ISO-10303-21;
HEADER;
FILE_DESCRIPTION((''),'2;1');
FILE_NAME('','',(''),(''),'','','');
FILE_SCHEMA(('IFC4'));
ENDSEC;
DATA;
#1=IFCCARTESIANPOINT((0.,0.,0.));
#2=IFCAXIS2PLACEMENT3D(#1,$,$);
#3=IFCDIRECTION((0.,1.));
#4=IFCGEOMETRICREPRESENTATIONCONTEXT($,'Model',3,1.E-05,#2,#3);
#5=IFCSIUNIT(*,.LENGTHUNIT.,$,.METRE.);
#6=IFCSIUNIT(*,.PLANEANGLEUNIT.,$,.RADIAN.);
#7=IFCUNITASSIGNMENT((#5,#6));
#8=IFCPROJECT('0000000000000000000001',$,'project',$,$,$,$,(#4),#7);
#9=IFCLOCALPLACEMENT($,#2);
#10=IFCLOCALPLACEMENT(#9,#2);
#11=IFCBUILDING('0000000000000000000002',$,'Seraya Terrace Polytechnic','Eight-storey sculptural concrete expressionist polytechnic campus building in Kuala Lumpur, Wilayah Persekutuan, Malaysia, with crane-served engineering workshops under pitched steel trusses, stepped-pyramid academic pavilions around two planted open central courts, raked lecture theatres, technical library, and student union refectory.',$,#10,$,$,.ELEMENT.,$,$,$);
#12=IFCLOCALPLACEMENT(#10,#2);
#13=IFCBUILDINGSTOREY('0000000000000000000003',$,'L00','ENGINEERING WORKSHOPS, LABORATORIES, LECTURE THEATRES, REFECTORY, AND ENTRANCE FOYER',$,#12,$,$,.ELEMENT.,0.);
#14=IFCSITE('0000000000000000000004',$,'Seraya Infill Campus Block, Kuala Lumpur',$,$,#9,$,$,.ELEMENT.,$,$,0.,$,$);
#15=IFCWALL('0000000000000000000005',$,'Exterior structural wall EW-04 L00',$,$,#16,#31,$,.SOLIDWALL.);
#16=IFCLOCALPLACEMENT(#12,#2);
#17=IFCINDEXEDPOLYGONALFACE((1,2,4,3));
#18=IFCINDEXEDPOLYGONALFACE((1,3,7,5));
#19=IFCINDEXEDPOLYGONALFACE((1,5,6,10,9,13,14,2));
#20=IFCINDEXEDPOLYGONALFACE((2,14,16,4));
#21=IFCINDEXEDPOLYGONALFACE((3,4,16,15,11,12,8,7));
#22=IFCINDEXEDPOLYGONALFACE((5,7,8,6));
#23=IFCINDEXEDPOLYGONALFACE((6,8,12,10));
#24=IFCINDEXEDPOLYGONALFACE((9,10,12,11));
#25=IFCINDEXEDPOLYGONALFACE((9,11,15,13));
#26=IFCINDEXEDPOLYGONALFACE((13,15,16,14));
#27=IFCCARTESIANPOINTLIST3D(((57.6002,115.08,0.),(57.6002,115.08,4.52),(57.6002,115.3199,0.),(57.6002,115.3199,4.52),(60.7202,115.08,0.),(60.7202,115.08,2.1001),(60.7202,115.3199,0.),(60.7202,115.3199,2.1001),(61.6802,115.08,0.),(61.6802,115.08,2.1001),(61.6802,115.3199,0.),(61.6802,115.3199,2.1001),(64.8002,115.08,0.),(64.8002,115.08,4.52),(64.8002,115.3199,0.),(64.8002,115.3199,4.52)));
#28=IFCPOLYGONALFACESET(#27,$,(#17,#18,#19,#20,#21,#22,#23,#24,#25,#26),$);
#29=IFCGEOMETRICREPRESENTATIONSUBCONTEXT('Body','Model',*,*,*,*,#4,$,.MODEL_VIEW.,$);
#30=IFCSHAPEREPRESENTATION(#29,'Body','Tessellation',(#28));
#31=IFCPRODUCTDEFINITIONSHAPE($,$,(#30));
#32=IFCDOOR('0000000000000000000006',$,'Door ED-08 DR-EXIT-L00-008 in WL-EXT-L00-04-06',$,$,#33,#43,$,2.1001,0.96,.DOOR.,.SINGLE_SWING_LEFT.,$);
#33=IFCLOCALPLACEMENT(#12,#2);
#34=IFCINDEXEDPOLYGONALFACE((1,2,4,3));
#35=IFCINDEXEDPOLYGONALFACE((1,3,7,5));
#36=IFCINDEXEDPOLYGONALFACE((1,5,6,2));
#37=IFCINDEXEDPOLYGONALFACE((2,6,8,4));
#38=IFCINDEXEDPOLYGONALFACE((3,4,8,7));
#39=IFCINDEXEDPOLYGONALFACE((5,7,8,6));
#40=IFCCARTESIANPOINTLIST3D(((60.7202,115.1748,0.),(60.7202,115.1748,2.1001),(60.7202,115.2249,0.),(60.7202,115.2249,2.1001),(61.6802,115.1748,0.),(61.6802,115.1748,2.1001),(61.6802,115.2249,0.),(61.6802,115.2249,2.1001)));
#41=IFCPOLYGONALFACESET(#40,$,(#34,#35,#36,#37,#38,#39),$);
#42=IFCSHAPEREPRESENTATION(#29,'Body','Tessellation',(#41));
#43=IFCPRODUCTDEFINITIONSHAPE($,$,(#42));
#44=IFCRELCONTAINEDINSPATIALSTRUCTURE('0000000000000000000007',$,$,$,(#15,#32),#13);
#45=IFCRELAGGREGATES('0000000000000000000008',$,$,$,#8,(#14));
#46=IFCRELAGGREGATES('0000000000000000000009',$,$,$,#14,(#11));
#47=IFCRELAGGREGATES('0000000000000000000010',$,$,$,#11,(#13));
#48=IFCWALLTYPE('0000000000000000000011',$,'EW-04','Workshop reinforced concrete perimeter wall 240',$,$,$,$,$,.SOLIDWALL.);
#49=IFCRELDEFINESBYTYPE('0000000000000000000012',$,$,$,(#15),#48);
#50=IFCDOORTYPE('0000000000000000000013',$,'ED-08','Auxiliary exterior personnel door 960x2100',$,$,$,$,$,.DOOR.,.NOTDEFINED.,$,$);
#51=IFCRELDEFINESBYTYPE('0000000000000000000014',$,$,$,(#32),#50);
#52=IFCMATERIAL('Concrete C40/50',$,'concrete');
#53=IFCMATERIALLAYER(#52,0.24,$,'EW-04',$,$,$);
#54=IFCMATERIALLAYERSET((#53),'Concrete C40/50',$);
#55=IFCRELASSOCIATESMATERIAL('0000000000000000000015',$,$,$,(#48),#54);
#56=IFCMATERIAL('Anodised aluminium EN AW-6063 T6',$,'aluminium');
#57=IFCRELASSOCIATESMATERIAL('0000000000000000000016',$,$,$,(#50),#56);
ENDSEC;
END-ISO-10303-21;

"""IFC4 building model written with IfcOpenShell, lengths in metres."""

from ifc_helpers import new_model, si_unit, direction, frame, frame_2d, origin, place, context, subcontext, project, spatial, rectangle, extrude, material, layer, layer_set, type_object, element, fill, save


model = new_model("IFC4")

# Units and contexts
model_context = context("Model", 3, precision=1e-05, world=origin(), true_north=direction((0.0, 1.0)))
body_context = subcontext(model_context, "Body", "Model", "MODEL_VIEW")
ifc_project = project(units=[si_unit("LENGTHUNIT", "METRE"), si_unit("PLANEANGLEUNIT", "RADIAN")], contexts=[model_context])

# Site, building, storey
site_placement = place(None, origin())
site = spatial("IfcSite", under=ifc_project, at=site_placement, Name="Seraya Infill Campus Block, Kuala Lumpur", CompositionType="ELEMENT", RefElevation=0.0)
building_placement = place(site_placement, origin())
building = spatial("IfcBuilding", under=site, at=building_placement, Name="Seraya Terrace Polytechnic", Description="Eight-storey sculptural concrete expressionist polytechnic campus building in Kuala Lumpur, Wilayah Persekutuan, Malaysia, with crane-served engineering workshops under pitched steel trusses, stepped-pyramid academic pavilions around two planted open central courts, raked lecture theatres, technical library, and student union refectory.", CompositionType="ELEMENT")
storey_placement = place(building_placement, origin())
storey = spatial("IfcBuildingStorey", under=building, at=storey_placement, Name="L00", Description="ENGINEERING WORKSHOPS, LABORATORIES, LECTURE THEATRES, REFECTORY, AND ENTRANCE FOYER", CompositionType="ELEMENT", Elevation=0.0)

# Shared definitions
ifc_material_1 = material(Name="Concrete C40/50", Category="concrete")

# Shared definitions
ifc_layer = layer(ifc_material_1, 0.24, Name="EW-04")
ifc_layer_set = layer_set([ifc_layer], Name="Concrete C40/50")
wall_type = type_object("IfcWallType", Name="EW-04", Description="Workshop reinforced concrete perimeter wall 240", PredefinedType="SOLIDWALL", material=ifc_layer_set)

# Shared definitions
ifc_material_2 = material(Name="Anodised aluminium EN AW-6063 T6", Category="aluminium")

# Wall, opening, door
wall_1_placement = place(storey_placement, frame((57.6001, 115.2, 0.0), z_axis=(0.0, 0.0, 1.0), x_axis=(1.0, 0.0, 0.0)))
wall_1 = element("IfcWall", 1, at=wall_1_placement, inside=storey, type_object=wall_type, Name="Exterior structural wall EW-04 L00", PredefinedType="SOLIDWALL", context=body_context, shape_type="SweptSolid", body=[
    extrude(rectangle(XDim=7.2, YDim=0.24, at=frame_2d((3.6001, 0.0))), origin(), (0.0, 0.0, 1.0), 4.52),
])
opening_1_placement = place(wall_1_placement, frame((3.1201, 0.0, 0.0)))
opening_1 = element("IfcOpeningElement", 2, at=opening_1_placement, cuts=wall_1, PredefinedType="OPENING", context=body_context, shape_type="SweptSolid", body=[
    extrude(rectangle(XDim=0.96, YDim=2.1001, at=frame_2d((0.48, 1.05))), frame((0.0, 0.1318, 0.0), z_axis=(0.0, -1.0, 0.0), x_axis=(1.0, 0.0, 0.0)), (0.0, 0.0, 1.0), 0.2639),
])
door_type_1 = type_object("IfcDoorType", Name="ED-08", Description="Auxiliary exterior personnel door 960x2100", OperationType="NOTDEFINED", PredefinedType="DOOR", material=ifc_material_2)
door_1_placement = place(opening_1_placement, origin())
door_1 = element("IfcDoor", 3, at=door_1_placement, inside=storey, type_object=door_type_1, Name="Door ED-08 DR-EXIT-L00-008 in WL-EXT-L00-04-06", OperationType="SINGLE_SWING_LEFT", OverallHeight=2.1001, OverallWidth=0.96, PredefinedType="DOOR", context=body_context, shape_type="SweptSolid", body=[
    extrude(rectangle(XDim=0.96, YDim=2.1001, at=frame_2d((0.48, 1.05))), frame((0.0, 0.0249, 0.0), z_axis=(0.0, -1.0, 0.0), x_axis=(1.0, 0.0, 0.0)), (0.0, 0.0, 1.0), 0.05),
])
fill(opening_1, door_1)

save(model, "model.ifc")
